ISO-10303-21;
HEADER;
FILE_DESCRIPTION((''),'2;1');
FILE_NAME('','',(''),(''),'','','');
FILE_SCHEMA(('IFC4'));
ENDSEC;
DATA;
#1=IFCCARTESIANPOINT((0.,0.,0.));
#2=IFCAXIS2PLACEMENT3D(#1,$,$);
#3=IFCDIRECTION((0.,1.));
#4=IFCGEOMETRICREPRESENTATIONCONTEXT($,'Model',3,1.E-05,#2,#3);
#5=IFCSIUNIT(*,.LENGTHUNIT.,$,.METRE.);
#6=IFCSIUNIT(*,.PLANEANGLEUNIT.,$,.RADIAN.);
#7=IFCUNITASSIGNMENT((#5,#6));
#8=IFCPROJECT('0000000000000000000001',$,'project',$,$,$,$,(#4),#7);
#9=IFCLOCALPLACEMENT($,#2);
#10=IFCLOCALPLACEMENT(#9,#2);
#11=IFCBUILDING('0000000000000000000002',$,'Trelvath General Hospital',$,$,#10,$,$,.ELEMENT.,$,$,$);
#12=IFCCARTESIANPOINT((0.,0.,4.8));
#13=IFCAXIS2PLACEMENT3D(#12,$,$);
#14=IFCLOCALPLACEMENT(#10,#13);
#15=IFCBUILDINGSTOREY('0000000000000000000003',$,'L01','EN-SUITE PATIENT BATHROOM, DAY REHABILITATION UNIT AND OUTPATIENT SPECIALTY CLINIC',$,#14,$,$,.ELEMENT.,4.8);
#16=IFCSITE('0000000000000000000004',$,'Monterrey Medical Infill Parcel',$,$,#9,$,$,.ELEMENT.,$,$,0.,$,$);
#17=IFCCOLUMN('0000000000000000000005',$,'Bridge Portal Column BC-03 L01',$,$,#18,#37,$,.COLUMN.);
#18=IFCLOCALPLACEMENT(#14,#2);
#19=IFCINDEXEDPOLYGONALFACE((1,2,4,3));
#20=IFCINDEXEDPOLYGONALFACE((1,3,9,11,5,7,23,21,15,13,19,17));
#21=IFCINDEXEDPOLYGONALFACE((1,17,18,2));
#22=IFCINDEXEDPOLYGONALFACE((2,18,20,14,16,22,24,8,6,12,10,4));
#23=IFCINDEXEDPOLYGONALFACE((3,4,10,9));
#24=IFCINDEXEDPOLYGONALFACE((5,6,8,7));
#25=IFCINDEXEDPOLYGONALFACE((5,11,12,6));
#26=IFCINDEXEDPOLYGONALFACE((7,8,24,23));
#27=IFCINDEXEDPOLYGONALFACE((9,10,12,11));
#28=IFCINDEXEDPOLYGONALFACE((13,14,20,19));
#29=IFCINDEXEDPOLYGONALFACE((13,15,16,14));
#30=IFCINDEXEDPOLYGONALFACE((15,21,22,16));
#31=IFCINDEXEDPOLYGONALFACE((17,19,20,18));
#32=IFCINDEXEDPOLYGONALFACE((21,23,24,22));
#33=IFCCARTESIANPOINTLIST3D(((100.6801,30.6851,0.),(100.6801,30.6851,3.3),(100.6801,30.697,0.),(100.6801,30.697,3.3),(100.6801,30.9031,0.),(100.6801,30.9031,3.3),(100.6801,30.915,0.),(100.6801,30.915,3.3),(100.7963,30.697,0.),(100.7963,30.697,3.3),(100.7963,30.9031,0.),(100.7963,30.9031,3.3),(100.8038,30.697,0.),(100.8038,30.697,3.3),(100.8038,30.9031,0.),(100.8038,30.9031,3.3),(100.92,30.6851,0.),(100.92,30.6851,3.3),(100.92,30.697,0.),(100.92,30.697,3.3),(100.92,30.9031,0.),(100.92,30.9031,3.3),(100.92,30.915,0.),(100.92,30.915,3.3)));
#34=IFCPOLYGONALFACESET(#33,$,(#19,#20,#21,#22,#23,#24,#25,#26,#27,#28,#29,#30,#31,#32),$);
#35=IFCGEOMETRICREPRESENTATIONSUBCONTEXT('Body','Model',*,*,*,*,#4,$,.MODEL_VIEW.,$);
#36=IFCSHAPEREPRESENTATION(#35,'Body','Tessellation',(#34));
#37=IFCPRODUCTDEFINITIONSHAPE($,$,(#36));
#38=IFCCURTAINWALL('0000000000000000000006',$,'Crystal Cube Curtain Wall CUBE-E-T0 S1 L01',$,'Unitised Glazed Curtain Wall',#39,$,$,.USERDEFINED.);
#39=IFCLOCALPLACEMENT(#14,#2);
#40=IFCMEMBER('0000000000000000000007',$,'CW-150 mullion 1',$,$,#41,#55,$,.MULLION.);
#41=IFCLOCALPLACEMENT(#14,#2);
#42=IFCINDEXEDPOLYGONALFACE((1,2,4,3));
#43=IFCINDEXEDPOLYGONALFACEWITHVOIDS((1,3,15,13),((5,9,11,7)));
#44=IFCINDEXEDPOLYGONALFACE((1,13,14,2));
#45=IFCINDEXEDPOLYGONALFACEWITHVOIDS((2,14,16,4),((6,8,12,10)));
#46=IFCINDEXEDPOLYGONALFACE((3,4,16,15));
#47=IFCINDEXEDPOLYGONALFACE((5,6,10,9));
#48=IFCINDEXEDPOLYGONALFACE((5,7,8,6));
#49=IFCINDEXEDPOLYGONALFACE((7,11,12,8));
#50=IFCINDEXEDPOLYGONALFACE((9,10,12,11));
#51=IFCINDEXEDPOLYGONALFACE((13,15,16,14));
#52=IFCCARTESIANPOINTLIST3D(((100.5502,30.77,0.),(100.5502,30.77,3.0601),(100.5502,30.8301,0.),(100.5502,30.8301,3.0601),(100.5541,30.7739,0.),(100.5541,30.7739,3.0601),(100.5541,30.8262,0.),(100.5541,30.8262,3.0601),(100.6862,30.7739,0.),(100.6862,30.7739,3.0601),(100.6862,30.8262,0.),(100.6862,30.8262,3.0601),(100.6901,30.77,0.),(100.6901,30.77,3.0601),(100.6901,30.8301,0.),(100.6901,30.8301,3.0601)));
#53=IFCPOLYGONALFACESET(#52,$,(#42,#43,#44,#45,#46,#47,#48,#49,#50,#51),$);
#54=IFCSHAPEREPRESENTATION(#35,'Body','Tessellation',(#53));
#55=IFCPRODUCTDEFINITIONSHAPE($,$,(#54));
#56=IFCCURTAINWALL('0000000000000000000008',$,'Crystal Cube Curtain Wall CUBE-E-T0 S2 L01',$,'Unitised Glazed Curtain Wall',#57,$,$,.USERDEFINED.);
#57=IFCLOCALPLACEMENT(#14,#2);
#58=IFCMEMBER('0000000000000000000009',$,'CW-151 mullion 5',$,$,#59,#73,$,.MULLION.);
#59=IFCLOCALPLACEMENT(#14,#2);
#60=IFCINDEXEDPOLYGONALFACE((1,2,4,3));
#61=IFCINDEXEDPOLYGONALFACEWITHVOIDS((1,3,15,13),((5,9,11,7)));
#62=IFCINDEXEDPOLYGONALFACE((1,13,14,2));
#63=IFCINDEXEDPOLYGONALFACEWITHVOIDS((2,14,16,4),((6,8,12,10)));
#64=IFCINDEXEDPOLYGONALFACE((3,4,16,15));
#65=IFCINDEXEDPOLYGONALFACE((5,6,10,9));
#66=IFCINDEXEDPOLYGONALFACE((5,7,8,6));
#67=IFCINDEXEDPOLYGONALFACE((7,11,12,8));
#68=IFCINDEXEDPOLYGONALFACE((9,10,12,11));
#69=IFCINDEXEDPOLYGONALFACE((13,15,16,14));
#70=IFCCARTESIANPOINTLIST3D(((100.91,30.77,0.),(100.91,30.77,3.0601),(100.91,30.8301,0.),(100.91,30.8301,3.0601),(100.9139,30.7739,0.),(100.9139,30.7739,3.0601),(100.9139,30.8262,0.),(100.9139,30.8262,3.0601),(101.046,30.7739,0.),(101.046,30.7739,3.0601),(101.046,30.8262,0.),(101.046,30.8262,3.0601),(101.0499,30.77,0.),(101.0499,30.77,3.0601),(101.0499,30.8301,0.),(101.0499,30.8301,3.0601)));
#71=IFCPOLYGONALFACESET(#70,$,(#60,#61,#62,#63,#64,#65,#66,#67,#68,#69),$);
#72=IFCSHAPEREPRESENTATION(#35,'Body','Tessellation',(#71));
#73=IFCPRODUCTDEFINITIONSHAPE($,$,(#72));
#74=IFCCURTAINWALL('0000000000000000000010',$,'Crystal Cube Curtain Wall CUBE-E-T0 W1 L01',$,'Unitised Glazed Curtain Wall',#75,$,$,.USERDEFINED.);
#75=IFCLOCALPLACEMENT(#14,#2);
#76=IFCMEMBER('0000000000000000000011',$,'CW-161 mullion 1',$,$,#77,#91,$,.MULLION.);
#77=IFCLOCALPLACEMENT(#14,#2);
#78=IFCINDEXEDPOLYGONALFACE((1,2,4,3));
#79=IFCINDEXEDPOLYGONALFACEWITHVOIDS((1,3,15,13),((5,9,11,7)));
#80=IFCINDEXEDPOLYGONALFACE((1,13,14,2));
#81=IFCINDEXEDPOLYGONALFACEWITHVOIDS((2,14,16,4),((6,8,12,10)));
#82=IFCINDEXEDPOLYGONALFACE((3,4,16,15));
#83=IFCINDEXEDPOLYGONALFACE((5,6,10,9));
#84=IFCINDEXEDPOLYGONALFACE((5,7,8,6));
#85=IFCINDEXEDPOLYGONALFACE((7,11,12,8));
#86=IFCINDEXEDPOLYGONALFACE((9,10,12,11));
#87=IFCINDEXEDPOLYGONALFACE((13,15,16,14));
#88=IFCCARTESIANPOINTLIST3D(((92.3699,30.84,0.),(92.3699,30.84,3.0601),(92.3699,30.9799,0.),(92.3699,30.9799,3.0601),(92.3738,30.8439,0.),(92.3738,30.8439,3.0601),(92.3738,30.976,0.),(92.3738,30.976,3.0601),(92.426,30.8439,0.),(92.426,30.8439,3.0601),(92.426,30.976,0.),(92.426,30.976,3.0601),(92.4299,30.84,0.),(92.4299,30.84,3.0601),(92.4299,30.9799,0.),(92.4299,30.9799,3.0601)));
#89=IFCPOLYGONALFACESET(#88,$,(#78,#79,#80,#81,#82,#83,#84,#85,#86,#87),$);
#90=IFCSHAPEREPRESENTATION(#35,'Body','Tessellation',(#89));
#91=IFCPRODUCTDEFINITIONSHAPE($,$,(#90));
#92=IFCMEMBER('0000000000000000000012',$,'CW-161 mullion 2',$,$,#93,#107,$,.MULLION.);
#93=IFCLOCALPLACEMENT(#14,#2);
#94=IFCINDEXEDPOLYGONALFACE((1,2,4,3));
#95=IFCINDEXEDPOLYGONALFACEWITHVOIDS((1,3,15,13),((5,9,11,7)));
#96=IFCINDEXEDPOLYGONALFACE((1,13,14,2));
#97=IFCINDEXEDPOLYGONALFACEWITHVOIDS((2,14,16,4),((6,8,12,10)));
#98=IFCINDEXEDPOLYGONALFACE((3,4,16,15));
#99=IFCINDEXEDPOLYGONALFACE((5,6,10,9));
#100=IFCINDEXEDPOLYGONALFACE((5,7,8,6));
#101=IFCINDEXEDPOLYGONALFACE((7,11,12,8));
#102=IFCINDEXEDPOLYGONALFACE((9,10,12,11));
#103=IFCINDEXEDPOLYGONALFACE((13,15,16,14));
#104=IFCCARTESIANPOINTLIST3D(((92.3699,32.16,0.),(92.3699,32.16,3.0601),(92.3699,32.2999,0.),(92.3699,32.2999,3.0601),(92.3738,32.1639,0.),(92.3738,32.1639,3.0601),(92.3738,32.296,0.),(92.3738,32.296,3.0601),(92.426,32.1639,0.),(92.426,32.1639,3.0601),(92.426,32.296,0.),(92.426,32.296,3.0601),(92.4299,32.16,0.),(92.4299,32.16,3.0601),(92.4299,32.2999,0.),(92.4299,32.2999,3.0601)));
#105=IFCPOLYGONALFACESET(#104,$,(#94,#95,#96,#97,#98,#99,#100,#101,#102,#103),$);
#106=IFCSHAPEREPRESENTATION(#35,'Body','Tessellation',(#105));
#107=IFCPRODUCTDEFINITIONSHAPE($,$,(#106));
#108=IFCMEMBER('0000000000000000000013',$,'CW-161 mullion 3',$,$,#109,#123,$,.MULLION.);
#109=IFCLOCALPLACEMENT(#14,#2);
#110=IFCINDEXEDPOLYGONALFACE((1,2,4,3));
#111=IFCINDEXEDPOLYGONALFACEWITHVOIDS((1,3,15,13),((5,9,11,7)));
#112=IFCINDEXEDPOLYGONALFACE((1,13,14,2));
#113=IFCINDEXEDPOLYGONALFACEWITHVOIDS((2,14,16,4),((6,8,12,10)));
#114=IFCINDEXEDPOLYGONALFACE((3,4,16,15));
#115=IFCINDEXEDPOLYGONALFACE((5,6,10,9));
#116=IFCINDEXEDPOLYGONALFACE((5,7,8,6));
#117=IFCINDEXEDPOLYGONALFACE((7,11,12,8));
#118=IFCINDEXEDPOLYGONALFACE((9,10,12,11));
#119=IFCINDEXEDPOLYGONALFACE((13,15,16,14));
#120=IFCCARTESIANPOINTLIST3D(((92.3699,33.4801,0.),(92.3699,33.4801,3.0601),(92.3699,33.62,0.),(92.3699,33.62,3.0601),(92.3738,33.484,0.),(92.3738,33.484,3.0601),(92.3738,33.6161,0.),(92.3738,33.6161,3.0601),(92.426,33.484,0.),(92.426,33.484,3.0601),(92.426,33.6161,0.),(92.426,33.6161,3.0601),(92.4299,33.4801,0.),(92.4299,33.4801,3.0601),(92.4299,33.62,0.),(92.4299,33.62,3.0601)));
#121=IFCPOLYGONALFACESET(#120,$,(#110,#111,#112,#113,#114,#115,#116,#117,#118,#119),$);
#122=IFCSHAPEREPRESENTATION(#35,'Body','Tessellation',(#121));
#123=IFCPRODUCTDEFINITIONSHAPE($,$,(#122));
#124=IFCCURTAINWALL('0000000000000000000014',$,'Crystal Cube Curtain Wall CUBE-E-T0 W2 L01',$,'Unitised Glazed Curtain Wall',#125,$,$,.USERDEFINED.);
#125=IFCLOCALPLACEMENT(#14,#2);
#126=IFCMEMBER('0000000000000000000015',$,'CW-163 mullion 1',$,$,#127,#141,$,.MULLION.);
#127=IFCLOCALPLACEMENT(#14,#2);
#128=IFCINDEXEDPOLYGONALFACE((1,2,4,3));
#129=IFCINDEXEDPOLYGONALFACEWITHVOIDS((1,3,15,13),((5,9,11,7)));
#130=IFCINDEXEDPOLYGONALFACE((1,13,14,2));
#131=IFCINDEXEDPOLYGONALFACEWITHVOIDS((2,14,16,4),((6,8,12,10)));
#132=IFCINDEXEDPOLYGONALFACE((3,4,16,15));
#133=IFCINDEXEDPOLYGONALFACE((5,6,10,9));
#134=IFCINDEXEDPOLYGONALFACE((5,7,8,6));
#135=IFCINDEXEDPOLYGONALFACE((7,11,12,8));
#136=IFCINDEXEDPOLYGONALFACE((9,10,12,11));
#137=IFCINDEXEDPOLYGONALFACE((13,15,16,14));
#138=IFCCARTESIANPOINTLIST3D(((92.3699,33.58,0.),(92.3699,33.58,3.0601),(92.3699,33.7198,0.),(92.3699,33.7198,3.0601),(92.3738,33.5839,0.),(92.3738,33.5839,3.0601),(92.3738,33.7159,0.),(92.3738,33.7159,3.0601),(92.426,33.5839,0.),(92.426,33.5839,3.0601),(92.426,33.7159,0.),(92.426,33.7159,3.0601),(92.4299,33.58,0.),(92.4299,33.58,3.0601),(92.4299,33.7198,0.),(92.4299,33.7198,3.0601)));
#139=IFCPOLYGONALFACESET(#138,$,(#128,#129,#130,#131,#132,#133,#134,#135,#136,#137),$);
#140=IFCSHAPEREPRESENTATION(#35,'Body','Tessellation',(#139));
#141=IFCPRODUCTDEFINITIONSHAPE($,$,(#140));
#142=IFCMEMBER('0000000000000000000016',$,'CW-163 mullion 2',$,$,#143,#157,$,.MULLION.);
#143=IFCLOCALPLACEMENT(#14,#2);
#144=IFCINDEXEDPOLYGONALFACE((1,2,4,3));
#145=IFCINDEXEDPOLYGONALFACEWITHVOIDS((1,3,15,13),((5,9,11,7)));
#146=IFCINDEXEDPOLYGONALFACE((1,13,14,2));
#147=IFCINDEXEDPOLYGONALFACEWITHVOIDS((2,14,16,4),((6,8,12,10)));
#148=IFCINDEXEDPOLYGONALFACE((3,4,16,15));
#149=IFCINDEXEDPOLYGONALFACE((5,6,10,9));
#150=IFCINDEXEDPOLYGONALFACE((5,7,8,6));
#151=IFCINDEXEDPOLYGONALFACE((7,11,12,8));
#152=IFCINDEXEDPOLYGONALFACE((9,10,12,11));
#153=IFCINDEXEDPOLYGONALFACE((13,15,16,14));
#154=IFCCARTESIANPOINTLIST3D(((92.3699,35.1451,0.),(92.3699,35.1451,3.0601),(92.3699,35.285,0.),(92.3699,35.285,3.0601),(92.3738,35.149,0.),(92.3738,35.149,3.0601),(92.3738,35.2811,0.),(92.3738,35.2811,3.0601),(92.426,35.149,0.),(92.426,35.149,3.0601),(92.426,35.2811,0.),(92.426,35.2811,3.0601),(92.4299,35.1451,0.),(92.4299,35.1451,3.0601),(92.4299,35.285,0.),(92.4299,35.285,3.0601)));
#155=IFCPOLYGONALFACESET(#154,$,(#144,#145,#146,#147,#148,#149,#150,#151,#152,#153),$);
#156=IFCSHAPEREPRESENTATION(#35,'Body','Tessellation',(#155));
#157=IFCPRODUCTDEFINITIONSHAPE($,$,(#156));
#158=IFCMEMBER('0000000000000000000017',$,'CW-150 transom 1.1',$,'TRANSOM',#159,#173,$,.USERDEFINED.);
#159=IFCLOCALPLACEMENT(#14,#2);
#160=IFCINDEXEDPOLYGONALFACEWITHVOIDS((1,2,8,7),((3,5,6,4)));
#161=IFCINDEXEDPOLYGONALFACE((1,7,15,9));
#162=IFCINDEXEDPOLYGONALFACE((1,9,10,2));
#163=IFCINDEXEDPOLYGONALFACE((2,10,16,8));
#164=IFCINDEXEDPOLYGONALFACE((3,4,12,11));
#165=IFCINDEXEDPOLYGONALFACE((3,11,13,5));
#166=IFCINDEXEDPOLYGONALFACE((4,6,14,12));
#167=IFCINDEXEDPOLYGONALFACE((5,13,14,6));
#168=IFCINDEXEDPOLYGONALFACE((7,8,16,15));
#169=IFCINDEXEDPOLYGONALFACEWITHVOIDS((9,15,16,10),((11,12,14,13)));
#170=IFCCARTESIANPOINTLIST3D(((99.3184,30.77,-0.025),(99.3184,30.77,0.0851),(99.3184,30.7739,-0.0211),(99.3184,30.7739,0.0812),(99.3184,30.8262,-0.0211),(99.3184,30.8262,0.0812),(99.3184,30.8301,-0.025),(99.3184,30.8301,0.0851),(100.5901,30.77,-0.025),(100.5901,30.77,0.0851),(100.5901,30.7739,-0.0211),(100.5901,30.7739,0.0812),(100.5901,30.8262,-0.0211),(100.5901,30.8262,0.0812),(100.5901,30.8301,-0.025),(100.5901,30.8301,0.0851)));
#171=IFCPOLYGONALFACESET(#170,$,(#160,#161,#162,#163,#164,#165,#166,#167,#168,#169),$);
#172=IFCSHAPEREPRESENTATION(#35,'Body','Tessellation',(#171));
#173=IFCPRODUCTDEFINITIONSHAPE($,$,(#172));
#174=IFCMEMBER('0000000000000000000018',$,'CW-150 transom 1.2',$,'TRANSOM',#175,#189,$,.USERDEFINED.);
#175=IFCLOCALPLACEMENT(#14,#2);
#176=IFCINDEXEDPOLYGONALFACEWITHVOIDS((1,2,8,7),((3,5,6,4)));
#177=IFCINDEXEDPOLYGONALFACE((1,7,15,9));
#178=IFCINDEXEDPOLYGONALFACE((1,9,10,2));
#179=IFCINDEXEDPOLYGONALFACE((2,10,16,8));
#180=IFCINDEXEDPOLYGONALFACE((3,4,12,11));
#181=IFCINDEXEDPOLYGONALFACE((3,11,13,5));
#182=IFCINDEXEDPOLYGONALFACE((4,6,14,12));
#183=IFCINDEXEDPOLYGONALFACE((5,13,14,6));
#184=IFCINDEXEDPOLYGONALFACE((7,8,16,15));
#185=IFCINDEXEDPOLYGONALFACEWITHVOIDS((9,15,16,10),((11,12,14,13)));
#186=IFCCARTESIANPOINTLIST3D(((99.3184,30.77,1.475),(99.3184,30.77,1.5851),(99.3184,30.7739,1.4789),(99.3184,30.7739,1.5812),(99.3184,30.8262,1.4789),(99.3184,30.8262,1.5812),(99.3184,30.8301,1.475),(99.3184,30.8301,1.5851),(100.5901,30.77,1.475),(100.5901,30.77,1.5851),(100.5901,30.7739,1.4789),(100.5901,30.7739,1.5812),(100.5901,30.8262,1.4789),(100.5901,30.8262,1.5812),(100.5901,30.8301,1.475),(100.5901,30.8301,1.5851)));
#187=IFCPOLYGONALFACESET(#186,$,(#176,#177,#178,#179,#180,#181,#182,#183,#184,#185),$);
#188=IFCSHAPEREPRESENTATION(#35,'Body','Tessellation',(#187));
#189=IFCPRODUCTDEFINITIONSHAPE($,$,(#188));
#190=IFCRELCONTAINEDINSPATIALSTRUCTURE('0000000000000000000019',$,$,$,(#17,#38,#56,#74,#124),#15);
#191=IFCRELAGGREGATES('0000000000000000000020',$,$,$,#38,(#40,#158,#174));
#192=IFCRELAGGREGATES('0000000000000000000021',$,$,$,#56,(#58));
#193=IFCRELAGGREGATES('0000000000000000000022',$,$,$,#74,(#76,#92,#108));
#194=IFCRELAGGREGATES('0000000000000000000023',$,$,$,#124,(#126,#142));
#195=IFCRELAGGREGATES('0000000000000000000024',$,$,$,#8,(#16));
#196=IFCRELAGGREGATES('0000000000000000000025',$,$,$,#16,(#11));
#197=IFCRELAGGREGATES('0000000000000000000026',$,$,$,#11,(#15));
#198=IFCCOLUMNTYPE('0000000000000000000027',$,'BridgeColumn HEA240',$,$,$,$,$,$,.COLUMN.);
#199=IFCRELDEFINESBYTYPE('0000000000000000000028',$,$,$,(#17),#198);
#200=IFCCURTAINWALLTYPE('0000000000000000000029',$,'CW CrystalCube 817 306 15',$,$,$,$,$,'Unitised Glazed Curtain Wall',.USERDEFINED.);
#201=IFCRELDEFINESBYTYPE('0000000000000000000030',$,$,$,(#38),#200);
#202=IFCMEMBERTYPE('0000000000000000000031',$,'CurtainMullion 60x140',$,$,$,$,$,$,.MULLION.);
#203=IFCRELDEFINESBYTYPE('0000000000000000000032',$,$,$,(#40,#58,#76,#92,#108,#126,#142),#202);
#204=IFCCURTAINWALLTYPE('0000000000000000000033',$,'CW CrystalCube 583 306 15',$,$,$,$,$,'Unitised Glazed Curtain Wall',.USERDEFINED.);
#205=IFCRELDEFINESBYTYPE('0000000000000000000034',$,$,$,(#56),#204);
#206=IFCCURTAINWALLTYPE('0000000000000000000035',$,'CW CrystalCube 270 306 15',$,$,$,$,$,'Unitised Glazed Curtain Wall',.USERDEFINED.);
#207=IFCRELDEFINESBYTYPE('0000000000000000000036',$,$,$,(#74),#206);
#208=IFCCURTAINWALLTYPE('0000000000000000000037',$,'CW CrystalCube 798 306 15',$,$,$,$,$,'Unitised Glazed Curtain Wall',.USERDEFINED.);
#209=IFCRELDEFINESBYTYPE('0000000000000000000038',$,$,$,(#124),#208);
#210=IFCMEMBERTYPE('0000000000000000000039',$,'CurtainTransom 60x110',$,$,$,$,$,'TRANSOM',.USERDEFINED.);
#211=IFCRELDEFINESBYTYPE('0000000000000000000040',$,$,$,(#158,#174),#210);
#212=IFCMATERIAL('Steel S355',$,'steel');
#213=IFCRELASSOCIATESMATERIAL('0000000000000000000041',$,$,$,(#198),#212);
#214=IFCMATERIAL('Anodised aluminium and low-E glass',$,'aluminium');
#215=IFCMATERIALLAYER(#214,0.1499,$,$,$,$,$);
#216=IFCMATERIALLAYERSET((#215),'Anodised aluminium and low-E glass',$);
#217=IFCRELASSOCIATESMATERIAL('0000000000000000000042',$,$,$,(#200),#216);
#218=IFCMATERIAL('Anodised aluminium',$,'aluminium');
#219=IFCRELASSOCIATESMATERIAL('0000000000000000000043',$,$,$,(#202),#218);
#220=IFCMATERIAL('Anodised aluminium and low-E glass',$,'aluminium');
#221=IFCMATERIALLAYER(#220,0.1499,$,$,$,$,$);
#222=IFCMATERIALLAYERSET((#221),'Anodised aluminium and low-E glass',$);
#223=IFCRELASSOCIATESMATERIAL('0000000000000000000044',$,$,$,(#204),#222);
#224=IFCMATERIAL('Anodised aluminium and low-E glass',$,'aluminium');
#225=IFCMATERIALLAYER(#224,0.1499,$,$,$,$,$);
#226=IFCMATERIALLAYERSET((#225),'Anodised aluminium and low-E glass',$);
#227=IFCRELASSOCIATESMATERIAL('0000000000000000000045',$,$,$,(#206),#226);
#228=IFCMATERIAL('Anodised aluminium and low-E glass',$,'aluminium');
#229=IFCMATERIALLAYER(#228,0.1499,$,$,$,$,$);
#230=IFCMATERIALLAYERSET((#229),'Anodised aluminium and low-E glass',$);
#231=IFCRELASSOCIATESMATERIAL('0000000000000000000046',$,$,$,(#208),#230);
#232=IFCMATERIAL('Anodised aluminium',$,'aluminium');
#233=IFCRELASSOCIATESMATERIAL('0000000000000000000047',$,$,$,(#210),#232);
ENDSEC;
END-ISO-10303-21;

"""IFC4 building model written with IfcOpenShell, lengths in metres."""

from ifc_helpers import new_model, si_unit, direction, frame, origin, origin_2d, place, context, subcontext, project, spatial, hollow_rectangle, i_section, extrude, material, layer, layer_set, material_profile, profile_set, type_object, element, aggregate, save


model = new_model("IFC4")

# Units and contexts
model_context = context("Model", 3, precision=1e-05, world=origin(), true_north=direction((0.0, 1.0)))
body_context = subcontext(model_context, "Body", "Model", "MODEL_VIEW")
ifc_project = project(units=[si_unit("LENGTHUNIT", "METRE"), si_unit("PLANEANGLEUNIT", "RADIAN")], contexts=[model_context])

# Site, building, storey
site_placement = place(None, origin())
site = spatial("IfcSite", under=ifc_project, at=site_placement, Name="Monterrey Medical Infill Parcel", CompositionType="ELEMENT", RefElevation=0.0)
building_placement = place(site_placement, origin())
building = spatial("IfcBuilding", under=site, at=building_placement, Name="Trelvath General Hospital", CompositionType="ELEMENT")
storey_placement = place(building_placement, frame((0.0, 0.0, 4.8)))
storey = spatial("IfcBuildingStorey", under=building, at=storey_placement, Name="L01", Description="EN-SUITE PATIENT BATHROOM, DAY REHABILITATION UNIT AND OUTPATIENT SPECIALTY CLINIC", CompositionType="ELEMENT", Elevation=4.8)

# Column
ifc_material_1 = material(Name="Steel S355", Category="steel")
ifc_material_profile_1 = material_profile(ifc_material_1, i_section(OverallWidth=0.24, OverallDepth=0.23, WebThickness=0.0076, FlangeThickness=0.012, at=origin_2d()), Name="HEA240")
ifc_profile_set_1 = profile_set([ifc_material_profile_1], Name="Steel S355")
column_type = type_object("IfcColumnType", Name="BridgeColumn HEA240", PredefinedType="COLUMN", material=ifc_profile_set_1)
column_placement = place(storey_placement, frame((100.8, 30.8, 0.0), z_axis=(0.0, 0.0, 1.0), x_axis=(1.0, 0.0, 0.0)))
element("IfcColumn", 1, at=column_placement, inside=storey, type_object=column_type, Name="Bridge Portal Column BC-03 L01", PredefinedType="COLUMN", context=body_context, shape_type="SweptSolid", body=[
    extrude(i_section(OverallWidth=0.24, OverallDepth=0.23, WebThickness=0.0076, FlangeThickness=0.012, at=origin_2d()), origin(), (0.0, 0.0, 1.0), 3.3),
])

# Curtain walls, members
ifc_material_2 = material(Name="Anodised aluminium and low-E glass", Category="aluminium")
ifc_layer_1 = layer(ifc_material_2, 0.1499)
ifc_layer_set_1 = layer_set([ifc_layer_1], Name="Anodised aluminium and low-E glass")
curtain_wall_type_1 = type_object("IfcCurtainWallType", Name="CW CrystalCube 817 306 15", ElementType="Unitised Glazed Curtain Wall", PredefinedType="USERDEFINED", material=ifc_layer_set_1)
curtain_wall_1_placement = place(storey_placement, origin())
curtain_wall_1 = element("IfcCurtainWall", 2, at=curtain_wall_1_placement, inside=storey, type_object=curtain_wall_type_1, Name="Crystal Cube Curtain Wall CUBE-E-T0 S1 L01", ObjectType="Unitised Glazed Curtain Wall", PredefinedType="USERDEFINED")
ifc_material_3 = material(Name="Anodised aluminium", Category="aluminium")
ifc_material_profile_2 = material_profile(ifc_material_3, hollow_rectangle(XDim=0.0601, YDim=0.1399, WallThickness=0.0039, at=origin_2d()), Name="RHS60x140x4")
ifc_profile_set_2 = profile_set([ifc_material_profile_2], Name="Anodised aluminium")
member_type_1 = type_object("IfcMemberType", Name="CurtainMullion 60x140", PredefinedType="MULLION", material=ifc_profile_set_2)
member_1_placement = place(storey_placement, frame((100.6201, 30.8, 0.0), z_axis=(0.0, 0.0, 1.0), x_axis=(0.0, -1.0, 0.0)))
member_1 = element("IfcMember", 3, at=member_1_placement, type_object=member_type_1, Name="CW-150 mullion 1", PredefinedType="MULLION", context=body_context, shape_type="SweptSolid", body=[
    extrude(hollow_rectangle(XDim=0.0601, YDim=0.1399, WallThickness=0.0039, at=origin_2d()), origin(), (0.0, 0.0, 1.0), 3.0601),
])
ifc_material_4 = material(Name="Anodised aluminium and low-E glass", Category="aluminium")
ifc_layer_2 = layer(ifc_material_4, 0.1499)
ifc_layer_set_2 = layer_set([ifc_layer_2], Name="Anodised aluminium and low-E glass")
curtain_wall_type_2 = type_object("IfcCurtainWallType", Name="CW CrystalCube 583 306 15", ElementType="Unitised Glazed Curtain Wall", PredefinedType="USERDEFINED", material=ifc_layer_set_2)
curtain_wall_2_placement = place(storey_placement, origin())
curtain_wall_2 = element("IfcCurtainWall", 4, at=curtain_wall_2_placement, inside=storey, type_object=curtain_wall_type_2, Name="Crystal Cube Curtain Wall CUBE-E-T0 S2 L01", ObjectType="Unitised Glazed Curtain Wall", PredefinedType="USERDEFINED")
member_2_placement = place(storey_placement, frame((100.98, 30.8, 0.0), z_axis=(0.0, 0.0, 1.0), x_axis=(0.0, -1.0, 0.0)))
member_2 = element("IfcMember", 5, at=member_2_placement, type_object=member_type_1, Name="CW-151 mullion 5", PredefinedType="MULLION", context=body_context, shape_type="SweptSolid", body=[
    extrude(hollow_rectangle(XDim=0.0601, YDim=0.1399, WallThickness=0.0039, at=origin_2d()), origin(), (0.0, 0.0, 1.0), 3.0601),
])

# Curtain walls, members
ifc_material_5 = material(Name="Anodised aluminium and low-E glass", Category="aluminium")
ifc_layer_3 = layer(ifc_material_5, 0.1499)
ifc_layer_set_3 = layer_set([ifc_layer_3], Name="Anodised aluminium and low-E glass")
curtain_wall_type_3 = type_object("IfcCurtainWallType", Name="CW CrystalCube 270 306 15", ElementType="Unitised Glazed Curtain Wall", PredefinedType="USERDEFINED", material=ifc_layer_set_3)
curtain_wall_3_placement = place(storey_placement, origin())
curtain_wall_3 = element("IfcCurtainWall", 6, at=curtain_wall_3_placement, inside=storey, type_object=curtain_wall_type_3, Name="Crystal Cube Curtain Wall CUBE-E-T0 W1 L01", ObjectType="Unitised Glazed Curtain Wall", PredefinedType="USERDEFINED")
member_3_placement = place(storey_placement, frame((92.3999, 30.9099, 0.0), z_axis=(0.0, 0.0, 1.0), x_axis=(-1.0, 0.0, 0.0)))
member_3 = element("IfcMember", 7, at=member_3_placement, type_object=member_type_1, Name="CW-161 mullion 1", PredefinedType="MULLION", context=body_context, shape_type="SweptSolid", body=[
    extrude(hollow_rectangle(XDim=0.0601, YDim=0.1399, WallThickness=0.0039, at=origin_2d()), origin(), (0.0, 0.0, 1.0), 3.0601),
])
member_4_placement = place(storey_placement, frame((92.3999, 32.23, 0.0), z_axis=(0.0, 0.0, 1.0), x_axis=(-1.0, 0.0, 0.0)))
member_4 = element("IfcMember", 8, at=member_4_placement, type_object=member_type_1, Name="CW-161 mullion 2", PredefinedType="MULLION", context=body_context, shape_type="SweptSolid", body=[
    extrude(hollow_rectangle(XDim=0.0601, YDim=0.1399, WallThickness=0.0039, at=origin_2d()), origin(), (0.0, 0.0, 1.0), 3.0601),
])
member_5_placement = place(storey_placement, frame((92.3999, 33.55, 0.0), z_axis=(0.0, 0.0, 1.0), x_axis=(-1.0, 0.0, 0.0)))
member_5 = element("IfcMember", 9, at=member_5_placement, type_object=member_type_1, Name="CW-161 mullion 3", PredefinedType="MULLION", context=body_context, shape_type="SweptSolid", body=[
    extrude(hollow_rectangle(XDim=0.0601, YDim=0.1399, WallThickness=0.0039, at=origin_2d()), origin(), (0.0, 0.0, 1.0), 3.0601),
])
ifc_material_6 = material(Name="Anodised aluminium and low-E glass", Category="aluminium")
ifc_layer_4 = layer(ifc_material_6, 0.1499)
ifc_layer_set_4 = layer_set([ifc_layer_4], Name="Anodised aluminium and low-E glass")
curtain_wall_type_4 = type_object("IfcCurtainWallType", Name="CW CrystalCube 798 306 15", ElementType="Unitised Glazed Curtain Wall", PredefinedType="USERDEFINED", material=ifc_layer_set_4)
curtain_wall_4_placement = place(storey_placement, origin())
curtain_wall_4 = element("IfcCurtainWall", 10, at=curtain_wall_4_placement, inside=storey, type_object=curtain_wall_type_4, Name="Crystal Cube Curtain Wall CUBE-E-T0 W2 L01", ObjectType="Unitised Glazed Curtain Wall", PredefinedType="USERDEFINED")
member_6_placement = place(storey_placement, frame((92.3999, 33.6499, 0.0), z_axis=(0.0, 0.0, 1.0), x_axis=(-1.0, 0.0, 0.0)))
member_6 = element("IfcMember", 11, at=member_6_placement, type_object=member_type_1, Name="CW-163 mullion 1", PredefinedType="MULLION", context=body_context, shape_type="SweptSolid", body=[
    extrude(hollow_rectangle(XDim=0.0601, YDim=0.1399, WallThickness=0.0039, at=origin_2d()), origin(), (0.0, 0.0, 1.0), 3.0601),
])
member_7_placement = place(storey_placement, frame((92.3999, 35.2151, 0.0), z_axis=(0.0, 0.0, 1.0), x_axis=(-1.0, 0.0, 0.0)))
member_7 = element("IfcMember", 12, at=member_7_placement, type_object=member_type_1, Name="CW-163 mullion 2", PredefinedType="MULLION", context=body_context, shape_type="SweptSolid", body=[
    extrude(hollow_rectangle(XDim=0.0601, YDim=0.1399, WallThickness=0.0039, at=origin_2d()), origin(), (0.0, 0.0, 1.0), 3.0601),
])

# Members
ifc_material_7 = material(Name="Anodised aluminium", Category="aluminium")
ifc_material_profile_3 = material_profile(ifc_material_7, hollow_rectangle(XDim=0.0601, YDim=0.1101, WallThickness=0.0039, at=origin_2d()), Name="RHS60x110x4")
ifc_profile_set_3 = profile_set([ifc_material_profile_3], Name="Anodised aluminium")
member_type_2 = type_object("IfcMemberType", Name="CurtainTransom 60x110", ElementType="TRANSOM", PredefinedType="USERDEFINED", material=ifc_profile_set_3)
member_8_placement = place(storey_placement, frame((100.5901, 30.8, 0.03), z_axis=(-1.0, 0.0, 0.0), x_axis=(0.0, -1.0, 0.0)))
member_8 = element("IfcMember", 13, at=member_8_placement, type_object=member_type_2, Name="CW-150 transom 1.1", ObjectType="TRANSOM", PredefinedType="USERDEFINED", context=body_context, shape_type="SweptSolid", body=[
    extrude(hollow_rectangle(XDim=0.0601, YDim=0.1101, WallThickness=0.0039, at=origin_2d()), origin(), (0.0, 0.0, 1.0), 1.2717),
])
member_9_placement = place(storey_placement, frame((100.5901, 30.8, 1.53), z_axis=(-1.0, 0.0, 0.0), x_axis=(0.0, -1.0, 0.0)))
member_9 = element("IfcMember", 14, at=member_9_placement, type_object=member_type_2, Name="CW-150 transom 1.2", ObjectType="TRANSOM", PredefinedType="USERDEFINED", context=body_context, shape_type="SweptSolid", body=[
    extrude(hollow_rectangle(XDim=0.0601, YDim=0.1101, WallThickness=0.0039, at=origin_2d()), origin(), (0.0, 0.0, 1.0), 1.2717),
])

aggregate(curtain_wall_1, [member_1, member_8, member_9])
aggregate(curtain_wall_2, [member_2])
aggregate(curtain_wall_3, [member_3, member_4, member_5])
aggregate(curtain_wall_4, [member_6, member_7])

save(model, "model.ifc")
